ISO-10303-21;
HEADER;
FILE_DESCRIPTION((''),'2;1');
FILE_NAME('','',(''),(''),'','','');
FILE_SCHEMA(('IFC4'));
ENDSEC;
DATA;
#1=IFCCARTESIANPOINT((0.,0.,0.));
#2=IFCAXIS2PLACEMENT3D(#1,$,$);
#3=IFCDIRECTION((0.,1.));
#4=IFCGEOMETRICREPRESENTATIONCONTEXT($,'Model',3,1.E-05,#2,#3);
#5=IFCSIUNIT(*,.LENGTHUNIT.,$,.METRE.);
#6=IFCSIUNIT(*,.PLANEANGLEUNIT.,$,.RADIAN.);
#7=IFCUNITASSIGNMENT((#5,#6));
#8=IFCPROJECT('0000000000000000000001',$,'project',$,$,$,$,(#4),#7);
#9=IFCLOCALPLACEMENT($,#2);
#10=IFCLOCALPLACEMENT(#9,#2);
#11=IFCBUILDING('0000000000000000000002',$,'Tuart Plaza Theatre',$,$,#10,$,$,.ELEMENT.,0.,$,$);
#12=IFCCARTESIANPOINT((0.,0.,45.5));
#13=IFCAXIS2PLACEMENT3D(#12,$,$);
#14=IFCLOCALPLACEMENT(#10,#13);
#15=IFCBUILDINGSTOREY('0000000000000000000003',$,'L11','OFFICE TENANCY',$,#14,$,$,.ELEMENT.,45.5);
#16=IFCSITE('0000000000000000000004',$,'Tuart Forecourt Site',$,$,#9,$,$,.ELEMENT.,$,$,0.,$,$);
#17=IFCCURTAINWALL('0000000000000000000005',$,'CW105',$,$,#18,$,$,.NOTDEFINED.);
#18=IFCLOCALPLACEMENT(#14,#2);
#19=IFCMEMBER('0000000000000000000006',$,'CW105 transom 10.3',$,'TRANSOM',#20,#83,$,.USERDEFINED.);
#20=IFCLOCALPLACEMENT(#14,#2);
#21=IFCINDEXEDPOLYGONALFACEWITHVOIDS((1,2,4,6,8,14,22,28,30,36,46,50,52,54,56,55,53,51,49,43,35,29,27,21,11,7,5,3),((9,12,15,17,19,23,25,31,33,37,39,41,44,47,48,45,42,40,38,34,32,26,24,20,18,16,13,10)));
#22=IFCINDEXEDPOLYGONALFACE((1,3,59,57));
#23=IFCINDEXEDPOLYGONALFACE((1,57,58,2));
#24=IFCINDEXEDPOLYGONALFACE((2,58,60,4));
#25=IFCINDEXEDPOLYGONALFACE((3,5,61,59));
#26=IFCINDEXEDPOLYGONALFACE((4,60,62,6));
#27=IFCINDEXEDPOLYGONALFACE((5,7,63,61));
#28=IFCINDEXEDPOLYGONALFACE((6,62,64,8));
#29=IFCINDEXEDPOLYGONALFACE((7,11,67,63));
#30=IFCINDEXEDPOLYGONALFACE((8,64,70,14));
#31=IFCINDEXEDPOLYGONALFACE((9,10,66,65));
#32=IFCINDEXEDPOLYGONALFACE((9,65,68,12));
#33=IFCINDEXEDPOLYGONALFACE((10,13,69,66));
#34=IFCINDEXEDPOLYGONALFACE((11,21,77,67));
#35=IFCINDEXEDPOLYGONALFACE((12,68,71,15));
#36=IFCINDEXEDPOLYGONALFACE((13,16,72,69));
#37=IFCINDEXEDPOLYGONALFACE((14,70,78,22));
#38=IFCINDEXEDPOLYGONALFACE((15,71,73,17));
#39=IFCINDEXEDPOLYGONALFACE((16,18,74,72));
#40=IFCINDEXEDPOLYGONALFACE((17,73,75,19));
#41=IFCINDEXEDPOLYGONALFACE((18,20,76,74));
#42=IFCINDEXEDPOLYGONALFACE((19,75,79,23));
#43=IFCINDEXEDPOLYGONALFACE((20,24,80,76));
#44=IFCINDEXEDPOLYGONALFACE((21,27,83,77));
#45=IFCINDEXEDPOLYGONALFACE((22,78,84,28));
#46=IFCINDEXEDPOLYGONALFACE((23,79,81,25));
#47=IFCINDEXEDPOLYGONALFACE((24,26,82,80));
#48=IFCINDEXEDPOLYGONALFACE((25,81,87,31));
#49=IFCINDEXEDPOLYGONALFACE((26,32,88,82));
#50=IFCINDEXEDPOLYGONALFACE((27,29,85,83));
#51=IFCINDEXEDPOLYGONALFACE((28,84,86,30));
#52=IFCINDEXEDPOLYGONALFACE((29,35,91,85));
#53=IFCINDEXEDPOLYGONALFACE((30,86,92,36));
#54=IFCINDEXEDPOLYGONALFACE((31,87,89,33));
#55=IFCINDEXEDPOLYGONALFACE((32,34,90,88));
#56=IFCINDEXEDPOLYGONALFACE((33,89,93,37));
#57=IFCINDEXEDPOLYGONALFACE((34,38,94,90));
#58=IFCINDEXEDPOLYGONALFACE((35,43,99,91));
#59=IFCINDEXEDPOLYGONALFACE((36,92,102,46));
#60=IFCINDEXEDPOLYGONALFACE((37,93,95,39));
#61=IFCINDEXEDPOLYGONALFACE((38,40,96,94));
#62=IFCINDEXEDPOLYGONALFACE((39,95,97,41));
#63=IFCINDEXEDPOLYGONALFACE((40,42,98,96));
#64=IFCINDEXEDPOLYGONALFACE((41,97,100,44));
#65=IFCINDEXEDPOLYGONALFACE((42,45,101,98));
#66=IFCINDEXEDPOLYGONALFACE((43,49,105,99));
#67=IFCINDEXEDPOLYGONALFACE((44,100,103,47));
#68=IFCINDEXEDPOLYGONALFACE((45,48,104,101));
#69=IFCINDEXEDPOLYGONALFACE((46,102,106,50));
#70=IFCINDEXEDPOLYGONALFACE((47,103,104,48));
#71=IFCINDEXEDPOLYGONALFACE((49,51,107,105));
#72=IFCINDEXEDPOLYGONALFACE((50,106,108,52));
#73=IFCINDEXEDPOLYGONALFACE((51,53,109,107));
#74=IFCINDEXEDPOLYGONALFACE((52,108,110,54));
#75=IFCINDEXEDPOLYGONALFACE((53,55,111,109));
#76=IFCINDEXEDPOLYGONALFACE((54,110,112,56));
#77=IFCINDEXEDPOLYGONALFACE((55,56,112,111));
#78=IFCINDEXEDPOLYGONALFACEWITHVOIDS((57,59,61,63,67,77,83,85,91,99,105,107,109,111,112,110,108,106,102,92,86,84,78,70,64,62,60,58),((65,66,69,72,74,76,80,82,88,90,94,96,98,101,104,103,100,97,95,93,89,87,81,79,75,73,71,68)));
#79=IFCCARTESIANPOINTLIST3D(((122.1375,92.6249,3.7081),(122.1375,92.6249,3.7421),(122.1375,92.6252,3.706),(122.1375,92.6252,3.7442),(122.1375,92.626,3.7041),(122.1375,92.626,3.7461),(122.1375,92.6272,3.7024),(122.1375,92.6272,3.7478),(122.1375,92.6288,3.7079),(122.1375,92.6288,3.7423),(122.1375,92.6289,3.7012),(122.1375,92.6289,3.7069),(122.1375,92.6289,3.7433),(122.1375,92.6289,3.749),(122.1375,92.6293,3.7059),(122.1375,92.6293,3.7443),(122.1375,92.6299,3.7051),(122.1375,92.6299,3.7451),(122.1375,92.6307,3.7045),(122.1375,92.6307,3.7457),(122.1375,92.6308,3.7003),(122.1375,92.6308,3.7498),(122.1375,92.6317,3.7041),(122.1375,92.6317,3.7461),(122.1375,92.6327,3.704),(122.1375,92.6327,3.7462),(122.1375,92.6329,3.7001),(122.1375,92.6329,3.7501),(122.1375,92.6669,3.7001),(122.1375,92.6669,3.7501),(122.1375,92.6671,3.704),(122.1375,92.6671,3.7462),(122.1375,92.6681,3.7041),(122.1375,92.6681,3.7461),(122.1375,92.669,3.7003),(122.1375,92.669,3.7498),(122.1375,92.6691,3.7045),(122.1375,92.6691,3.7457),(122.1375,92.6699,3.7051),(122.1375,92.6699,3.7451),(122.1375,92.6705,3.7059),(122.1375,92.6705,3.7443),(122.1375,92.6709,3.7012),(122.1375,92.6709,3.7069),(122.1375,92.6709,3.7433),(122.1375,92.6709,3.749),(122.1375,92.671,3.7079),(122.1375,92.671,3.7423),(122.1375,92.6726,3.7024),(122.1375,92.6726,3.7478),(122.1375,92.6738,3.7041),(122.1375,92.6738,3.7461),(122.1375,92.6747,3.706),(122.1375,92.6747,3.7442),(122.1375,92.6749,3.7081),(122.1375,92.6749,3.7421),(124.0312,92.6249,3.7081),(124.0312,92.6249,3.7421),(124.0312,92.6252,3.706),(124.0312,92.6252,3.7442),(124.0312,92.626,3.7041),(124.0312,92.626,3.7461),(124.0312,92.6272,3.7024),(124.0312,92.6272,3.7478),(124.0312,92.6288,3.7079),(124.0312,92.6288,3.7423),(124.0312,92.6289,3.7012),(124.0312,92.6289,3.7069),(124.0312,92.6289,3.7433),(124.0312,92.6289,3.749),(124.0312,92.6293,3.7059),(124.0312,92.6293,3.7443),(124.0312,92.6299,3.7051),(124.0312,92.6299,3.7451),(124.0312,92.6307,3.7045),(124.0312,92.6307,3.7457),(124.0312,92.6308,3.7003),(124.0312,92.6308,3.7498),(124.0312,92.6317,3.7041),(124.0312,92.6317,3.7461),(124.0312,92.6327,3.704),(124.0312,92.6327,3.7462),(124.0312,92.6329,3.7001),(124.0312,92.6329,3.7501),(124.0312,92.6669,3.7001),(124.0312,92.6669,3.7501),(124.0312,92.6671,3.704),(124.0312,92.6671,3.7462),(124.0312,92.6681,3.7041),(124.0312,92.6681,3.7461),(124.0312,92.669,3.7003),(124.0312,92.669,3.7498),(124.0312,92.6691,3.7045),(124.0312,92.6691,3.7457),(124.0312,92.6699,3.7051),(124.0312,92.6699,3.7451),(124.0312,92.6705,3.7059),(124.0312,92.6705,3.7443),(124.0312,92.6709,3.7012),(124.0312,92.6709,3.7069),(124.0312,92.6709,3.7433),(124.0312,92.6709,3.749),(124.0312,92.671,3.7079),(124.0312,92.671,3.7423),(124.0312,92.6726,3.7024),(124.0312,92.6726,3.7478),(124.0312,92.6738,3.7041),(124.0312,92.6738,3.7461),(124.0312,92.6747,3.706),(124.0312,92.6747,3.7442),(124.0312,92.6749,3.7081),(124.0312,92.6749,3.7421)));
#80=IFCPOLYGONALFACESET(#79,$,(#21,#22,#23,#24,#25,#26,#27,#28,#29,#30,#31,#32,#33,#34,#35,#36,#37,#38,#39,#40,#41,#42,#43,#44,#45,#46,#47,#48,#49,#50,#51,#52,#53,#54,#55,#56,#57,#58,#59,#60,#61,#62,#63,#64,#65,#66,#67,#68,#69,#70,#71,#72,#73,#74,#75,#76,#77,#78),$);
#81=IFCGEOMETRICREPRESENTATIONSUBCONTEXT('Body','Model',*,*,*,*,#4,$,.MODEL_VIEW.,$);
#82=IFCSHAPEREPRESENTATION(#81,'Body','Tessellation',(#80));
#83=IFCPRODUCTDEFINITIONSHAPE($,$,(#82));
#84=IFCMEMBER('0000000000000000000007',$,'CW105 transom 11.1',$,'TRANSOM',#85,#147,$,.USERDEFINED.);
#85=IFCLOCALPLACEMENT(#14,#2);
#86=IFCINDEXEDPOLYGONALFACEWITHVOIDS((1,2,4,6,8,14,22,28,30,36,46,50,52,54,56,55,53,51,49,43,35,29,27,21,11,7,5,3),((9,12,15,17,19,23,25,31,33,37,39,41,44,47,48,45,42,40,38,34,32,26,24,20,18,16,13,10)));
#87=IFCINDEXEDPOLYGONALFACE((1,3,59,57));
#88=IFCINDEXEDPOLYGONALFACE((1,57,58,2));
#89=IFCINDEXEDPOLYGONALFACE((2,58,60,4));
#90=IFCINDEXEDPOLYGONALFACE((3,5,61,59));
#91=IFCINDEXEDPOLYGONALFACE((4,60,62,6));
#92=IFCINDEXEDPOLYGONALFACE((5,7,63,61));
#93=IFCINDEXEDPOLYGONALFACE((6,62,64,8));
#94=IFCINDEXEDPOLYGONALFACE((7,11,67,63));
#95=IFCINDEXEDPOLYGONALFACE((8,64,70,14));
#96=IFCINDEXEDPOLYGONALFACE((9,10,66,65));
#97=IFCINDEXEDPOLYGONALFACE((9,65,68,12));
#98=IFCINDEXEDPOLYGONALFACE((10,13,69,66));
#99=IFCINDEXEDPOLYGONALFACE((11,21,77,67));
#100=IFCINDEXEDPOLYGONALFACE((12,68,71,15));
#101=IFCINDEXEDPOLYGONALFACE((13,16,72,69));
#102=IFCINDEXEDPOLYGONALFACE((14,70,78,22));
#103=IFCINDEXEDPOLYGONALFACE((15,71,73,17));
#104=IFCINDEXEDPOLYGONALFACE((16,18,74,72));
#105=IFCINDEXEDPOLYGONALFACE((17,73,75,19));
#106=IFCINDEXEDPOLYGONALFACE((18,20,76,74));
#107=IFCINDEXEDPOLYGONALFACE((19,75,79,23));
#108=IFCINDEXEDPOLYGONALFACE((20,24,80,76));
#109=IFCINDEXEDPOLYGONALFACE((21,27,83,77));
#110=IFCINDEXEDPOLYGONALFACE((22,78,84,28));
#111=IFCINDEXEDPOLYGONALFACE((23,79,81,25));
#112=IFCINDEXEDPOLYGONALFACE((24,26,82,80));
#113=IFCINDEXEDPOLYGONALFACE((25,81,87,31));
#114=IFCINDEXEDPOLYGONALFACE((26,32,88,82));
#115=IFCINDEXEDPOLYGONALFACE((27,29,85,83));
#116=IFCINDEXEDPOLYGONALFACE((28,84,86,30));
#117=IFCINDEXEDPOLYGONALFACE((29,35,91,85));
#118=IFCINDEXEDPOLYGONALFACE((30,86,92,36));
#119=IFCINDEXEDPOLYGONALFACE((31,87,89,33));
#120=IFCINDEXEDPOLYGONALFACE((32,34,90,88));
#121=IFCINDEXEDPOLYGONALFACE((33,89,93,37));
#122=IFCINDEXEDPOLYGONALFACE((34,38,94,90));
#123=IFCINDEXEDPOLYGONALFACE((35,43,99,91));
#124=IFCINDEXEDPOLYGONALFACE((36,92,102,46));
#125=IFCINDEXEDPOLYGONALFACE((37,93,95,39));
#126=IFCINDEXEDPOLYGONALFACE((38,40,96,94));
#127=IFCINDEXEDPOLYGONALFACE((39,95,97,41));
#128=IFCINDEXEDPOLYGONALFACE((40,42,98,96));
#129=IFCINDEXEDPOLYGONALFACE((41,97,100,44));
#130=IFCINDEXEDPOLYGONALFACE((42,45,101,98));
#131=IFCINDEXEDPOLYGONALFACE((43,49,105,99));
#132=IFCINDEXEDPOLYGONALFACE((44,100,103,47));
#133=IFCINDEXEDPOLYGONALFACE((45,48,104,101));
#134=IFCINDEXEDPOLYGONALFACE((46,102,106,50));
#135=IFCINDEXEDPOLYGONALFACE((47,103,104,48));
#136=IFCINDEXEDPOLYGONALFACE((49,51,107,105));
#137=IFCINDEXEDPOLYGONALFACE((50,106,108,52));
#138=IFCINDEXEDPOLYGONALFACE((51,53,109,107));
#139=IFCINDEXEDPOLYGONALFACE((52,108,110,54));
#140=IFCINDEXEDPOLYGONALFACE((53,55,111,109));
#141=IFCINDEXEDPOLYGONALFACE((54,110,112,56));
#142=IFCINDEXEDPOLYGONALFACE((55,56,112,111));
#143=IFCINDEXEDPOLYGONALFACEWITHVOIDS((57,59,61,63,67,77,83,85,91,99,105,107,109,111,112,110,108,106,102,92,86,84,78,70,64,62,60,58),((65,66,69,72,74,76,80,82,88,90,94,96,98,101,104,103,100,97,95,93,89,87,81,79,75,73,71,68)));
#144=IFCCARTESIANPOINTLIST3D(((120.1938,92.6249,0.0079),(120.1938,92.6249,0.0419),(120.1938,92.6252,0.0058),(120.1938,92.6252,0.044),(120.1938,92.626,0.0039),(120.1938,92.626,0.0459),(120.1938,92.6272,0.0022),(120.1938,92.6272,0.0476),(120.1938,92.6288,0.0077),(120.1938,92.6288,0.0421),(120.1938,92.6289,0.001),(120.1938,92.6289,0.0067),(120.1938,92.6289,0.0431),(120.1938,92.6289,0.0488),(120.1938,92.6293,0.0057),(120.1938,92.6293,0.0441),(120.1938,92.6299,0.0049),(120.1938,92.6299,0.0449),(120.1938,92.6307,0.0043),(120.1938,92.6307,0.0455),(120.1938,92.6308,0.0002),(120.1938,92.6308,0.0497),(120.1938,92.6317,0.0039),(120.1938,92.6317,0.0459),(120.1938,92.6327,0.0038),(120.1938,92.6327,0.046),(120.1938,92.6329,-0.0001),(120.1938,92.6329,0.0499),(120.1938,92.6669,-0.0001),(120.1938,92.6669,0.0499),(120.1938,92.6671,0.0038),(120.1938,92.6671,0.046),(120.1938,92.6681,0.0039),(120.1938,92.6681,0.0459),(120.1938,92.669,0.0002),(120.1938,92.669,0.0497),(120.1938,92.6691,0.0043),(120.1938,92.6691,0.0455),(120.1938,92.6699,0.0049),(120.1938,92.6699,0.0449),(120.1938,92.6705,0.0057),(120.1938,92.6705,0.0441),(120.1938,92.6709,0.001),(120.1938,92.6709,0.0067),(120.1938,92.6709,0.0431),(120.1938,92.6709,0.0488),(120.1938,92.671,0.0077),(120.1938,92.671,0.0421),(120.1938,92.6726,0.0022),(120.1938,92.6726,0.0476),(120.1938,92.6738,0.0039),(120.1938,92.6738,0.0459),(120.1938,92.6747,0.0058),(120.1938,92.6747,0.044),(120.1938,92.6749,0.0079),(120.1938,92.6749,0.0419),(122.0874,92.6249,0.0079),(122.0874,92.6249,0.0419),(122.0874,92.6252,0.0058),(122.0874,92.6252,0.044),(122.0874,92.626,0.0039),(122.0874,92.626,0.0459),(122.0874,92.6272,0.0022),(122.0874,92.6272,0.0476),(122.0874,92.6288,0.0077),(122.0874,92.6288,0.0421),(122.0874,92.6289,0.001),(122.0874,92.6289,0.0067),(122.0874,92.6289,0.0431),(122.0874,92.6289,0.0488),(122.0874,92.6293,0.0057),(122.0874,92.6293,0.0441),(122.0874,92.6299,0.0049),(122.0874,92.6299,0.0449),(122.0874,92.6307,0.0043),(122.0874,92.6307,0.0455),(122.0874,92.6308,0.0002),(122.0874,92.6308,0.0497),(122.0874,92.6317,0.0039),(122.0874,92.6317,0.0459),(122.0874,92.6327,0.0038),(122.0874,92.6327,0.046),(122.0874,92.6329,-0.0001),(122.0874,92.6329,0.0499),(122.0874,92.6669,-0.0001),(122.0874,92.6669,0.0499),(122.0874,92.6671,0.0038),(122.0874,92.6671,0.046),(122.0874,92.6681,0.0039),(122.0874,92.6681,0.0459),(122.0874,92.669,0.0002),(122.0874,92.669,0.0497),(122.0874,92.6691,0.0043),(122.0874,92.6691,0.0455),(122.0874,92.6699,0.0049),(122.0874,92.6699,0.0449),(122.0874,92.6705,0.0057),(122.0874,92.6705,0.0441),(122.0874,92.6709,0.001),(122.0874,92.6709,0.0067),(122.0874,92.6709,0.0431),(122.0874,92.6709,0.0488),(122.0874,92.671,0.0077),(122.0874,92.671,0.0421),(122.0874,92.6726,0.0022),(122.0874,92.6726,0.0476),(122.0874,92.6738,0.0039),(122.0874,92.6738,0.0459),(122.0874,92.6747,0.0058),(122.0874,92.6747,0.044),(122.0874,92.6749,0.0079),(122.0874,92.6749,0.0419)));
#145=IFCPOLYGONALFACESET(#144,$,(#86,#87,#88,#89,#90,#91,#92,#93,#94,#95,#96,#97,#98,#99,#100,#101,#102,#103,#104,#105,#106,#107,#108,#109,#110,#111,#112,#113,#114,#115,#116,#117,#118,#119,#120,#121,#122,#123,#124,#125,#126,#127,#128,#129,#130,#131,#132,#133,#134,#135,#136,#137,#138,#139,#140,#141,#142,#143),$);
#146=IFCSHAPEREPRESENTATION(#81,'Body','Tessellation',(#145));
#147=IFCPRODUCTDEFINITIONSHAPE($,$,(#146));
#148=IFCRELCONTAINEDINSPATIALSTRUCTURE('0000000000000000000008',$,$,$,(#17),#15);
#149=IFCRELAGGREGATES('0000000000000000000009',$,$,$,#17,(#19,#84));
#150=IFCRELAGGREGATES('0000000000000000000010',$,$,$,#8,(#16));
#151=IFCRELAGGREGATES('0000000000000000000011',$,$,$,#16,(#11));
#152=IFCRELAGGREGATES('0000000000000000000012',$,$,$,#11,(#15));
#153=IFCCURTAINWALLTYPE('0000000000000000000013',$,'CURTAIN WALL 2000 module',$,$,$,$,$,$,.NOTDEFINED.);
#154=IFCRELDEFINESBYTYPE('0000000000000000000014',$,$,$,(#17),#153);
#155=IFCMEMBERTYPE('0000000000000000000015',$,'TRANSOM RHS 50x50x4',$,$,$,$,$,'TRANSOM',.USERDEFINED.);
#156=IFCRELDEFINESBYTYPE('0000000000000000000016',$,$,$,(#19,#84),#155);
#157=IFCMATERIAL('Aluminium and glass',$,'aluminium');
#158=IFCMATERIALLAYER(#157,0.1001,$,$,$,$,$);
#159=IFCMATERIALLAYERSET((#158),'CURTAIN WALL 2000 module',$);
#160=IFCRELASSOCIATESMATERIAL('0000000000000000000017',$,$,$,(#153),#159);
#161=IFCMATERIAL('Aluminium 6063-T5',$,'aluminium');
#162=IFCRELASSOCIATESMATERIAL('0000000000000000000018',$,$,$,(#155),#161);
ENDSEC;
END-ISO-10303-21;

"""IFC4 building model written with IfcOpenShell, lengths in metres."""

from ifc_helpers import new_model, si_unit, direction, frame, origin, origin_2d, place, context, subcontext, project, spatial, hollow_rectangle, extrude, material, layer, layer_set, material_profile, profile_set, type_object, element, aggregate, save


model = new_model("IFC4")

# Units and contexts
model_context = context("Model", 3, precision=1e-05, world=origin(), true_north=direction((0.0, 1.0)))
body_context = subcontext(model_context, "Body", "Model", "MODEL_VIEW")
ifc_project = project(units=[si_unit("LENGTHUNIT", "METRE"), si_unit("PLANEANGLEUNIT", "RADIAN")], contexts=[model_context])

# Site, building, storey
site_placement = place(None, origin())
site = spatial("IfcSite", under=ifc_project, at=site_placement, Name="Tuart Forecourt Site", CompositionType="ELEMENT", RefElevation=0.0)
building_placement = place(site_placement, origin())
building = spatial("IfcBuilding", under=site, at=building_placement, Name="Tuart Plaza Theatre", CompositionType="ELEMENT", ElevationOfRefHeight=0.0)
storey_placement = place(building_placement, frame((0.0, 0.0, 45.5)))
storey = spatial("IfcBuildingStorey", under=building, at=storey_placement, Name="L11", Description="OFFICE TENANCY", CompositionType="ELEMENT", Elevation=45.5)

# Curtain wall, members
ifc_material_1 = material(Name="Aluminium and glass", Category="aluminium")
ifc_layer_1 = layer(ifc_material_1, 0.1001)
ifc_layer_set_1 = layer_set([ifc_layer_1], Name="CURTAIN WALL 2000 module")
curtain_wall_type = type_object("IfcCurtainWallType", Name="CURTAIN WALL 2000 module", PredefinedType="NOTDEFINED", material=ifc_layer_set_1)
curtain_wall_placement = place(storey_placement, origin())
curtain_wall = element("IfcCurtainWall", 1, at=curtain_wall_placement, inside=storey, type_object=curtain_wall_type, Name="CW105", PredefinedType="NOTDEFINED")
ifc_material_2 = material(Name="Aluminium 6063-T5", Category="aluminium")
ifc_material_profile_1 = material_profile(ifc_material_2, hollow_rectangle(XDim=0.05, YDim=0.05, WallThickness=0.0039, InnerFilletRadius=0.0039, OuterFilletRadius=0.0081, at=origin_2d()), Name="RHS 50x50x4")
ifc_profile_set_1 = profile_set([ifc_material_profile_1], Name="Aluminium 6063-T5")
member_type_1 = type_object("IfcMemberType", Name="TRANSOM RHS 50x50x4", ElementType="TRANSOM", PredefinedType="USERDEFINED", material=ifc_profile_set_1)
member_1_placement = place(storey_placement, frame((124.0312, 92.6499, 3.7251), z_axis=(-1.0, 0.0, 0.0), x_axis=(0.0, -1.0, 0.0)))
member_1 = element("IfcMember", 2, at=member_1_placement, type_object=member_type_1, Name="CW105 transom 10.3", ObjectType="TRANSOM", PredefinedType="USERDEFINED", context=body_context, shape_type="SweptSolid", body=[
    extrude(hollow_rectangle(XDim=0.05, YDim=0.05, WallThickness=0.0039, InnerFilletRadius=0.0039, OuterFilletRadius=0.0081, at=origin_2d()), origin(), (0.0, 0.0, 1.0), 1.8938),
])
member_2_placement = place(storey_placement, frame((122.0874, 92.6499, 0.0249), z_axis=(-1.0, 0.0, 0.0), x_axis=(0.0, -1.0, 0.0)))
member_2 = element("IfcMember", 3, at=member_2_placement, type_object=member_type_1, Name="CW105 transom 11.1", ObjectType="TRANSOM", PredefinedType="USERDEFINED", context=body_context, shape_type="SweptSolid", body=[
    extrude(hollow_rectangle(XDim=0.05, YDim=0.05, WallThickness=0.0039, InnerFilletRadius=0.0039, OuterFilletRadius=0.0081, at=origin_2d()), origin(), (0.0, 0.0, 1.0), 1.8936),
])
aggregate(curtain_wall, [member_1, member_2])

save(model, "model.ifc")
